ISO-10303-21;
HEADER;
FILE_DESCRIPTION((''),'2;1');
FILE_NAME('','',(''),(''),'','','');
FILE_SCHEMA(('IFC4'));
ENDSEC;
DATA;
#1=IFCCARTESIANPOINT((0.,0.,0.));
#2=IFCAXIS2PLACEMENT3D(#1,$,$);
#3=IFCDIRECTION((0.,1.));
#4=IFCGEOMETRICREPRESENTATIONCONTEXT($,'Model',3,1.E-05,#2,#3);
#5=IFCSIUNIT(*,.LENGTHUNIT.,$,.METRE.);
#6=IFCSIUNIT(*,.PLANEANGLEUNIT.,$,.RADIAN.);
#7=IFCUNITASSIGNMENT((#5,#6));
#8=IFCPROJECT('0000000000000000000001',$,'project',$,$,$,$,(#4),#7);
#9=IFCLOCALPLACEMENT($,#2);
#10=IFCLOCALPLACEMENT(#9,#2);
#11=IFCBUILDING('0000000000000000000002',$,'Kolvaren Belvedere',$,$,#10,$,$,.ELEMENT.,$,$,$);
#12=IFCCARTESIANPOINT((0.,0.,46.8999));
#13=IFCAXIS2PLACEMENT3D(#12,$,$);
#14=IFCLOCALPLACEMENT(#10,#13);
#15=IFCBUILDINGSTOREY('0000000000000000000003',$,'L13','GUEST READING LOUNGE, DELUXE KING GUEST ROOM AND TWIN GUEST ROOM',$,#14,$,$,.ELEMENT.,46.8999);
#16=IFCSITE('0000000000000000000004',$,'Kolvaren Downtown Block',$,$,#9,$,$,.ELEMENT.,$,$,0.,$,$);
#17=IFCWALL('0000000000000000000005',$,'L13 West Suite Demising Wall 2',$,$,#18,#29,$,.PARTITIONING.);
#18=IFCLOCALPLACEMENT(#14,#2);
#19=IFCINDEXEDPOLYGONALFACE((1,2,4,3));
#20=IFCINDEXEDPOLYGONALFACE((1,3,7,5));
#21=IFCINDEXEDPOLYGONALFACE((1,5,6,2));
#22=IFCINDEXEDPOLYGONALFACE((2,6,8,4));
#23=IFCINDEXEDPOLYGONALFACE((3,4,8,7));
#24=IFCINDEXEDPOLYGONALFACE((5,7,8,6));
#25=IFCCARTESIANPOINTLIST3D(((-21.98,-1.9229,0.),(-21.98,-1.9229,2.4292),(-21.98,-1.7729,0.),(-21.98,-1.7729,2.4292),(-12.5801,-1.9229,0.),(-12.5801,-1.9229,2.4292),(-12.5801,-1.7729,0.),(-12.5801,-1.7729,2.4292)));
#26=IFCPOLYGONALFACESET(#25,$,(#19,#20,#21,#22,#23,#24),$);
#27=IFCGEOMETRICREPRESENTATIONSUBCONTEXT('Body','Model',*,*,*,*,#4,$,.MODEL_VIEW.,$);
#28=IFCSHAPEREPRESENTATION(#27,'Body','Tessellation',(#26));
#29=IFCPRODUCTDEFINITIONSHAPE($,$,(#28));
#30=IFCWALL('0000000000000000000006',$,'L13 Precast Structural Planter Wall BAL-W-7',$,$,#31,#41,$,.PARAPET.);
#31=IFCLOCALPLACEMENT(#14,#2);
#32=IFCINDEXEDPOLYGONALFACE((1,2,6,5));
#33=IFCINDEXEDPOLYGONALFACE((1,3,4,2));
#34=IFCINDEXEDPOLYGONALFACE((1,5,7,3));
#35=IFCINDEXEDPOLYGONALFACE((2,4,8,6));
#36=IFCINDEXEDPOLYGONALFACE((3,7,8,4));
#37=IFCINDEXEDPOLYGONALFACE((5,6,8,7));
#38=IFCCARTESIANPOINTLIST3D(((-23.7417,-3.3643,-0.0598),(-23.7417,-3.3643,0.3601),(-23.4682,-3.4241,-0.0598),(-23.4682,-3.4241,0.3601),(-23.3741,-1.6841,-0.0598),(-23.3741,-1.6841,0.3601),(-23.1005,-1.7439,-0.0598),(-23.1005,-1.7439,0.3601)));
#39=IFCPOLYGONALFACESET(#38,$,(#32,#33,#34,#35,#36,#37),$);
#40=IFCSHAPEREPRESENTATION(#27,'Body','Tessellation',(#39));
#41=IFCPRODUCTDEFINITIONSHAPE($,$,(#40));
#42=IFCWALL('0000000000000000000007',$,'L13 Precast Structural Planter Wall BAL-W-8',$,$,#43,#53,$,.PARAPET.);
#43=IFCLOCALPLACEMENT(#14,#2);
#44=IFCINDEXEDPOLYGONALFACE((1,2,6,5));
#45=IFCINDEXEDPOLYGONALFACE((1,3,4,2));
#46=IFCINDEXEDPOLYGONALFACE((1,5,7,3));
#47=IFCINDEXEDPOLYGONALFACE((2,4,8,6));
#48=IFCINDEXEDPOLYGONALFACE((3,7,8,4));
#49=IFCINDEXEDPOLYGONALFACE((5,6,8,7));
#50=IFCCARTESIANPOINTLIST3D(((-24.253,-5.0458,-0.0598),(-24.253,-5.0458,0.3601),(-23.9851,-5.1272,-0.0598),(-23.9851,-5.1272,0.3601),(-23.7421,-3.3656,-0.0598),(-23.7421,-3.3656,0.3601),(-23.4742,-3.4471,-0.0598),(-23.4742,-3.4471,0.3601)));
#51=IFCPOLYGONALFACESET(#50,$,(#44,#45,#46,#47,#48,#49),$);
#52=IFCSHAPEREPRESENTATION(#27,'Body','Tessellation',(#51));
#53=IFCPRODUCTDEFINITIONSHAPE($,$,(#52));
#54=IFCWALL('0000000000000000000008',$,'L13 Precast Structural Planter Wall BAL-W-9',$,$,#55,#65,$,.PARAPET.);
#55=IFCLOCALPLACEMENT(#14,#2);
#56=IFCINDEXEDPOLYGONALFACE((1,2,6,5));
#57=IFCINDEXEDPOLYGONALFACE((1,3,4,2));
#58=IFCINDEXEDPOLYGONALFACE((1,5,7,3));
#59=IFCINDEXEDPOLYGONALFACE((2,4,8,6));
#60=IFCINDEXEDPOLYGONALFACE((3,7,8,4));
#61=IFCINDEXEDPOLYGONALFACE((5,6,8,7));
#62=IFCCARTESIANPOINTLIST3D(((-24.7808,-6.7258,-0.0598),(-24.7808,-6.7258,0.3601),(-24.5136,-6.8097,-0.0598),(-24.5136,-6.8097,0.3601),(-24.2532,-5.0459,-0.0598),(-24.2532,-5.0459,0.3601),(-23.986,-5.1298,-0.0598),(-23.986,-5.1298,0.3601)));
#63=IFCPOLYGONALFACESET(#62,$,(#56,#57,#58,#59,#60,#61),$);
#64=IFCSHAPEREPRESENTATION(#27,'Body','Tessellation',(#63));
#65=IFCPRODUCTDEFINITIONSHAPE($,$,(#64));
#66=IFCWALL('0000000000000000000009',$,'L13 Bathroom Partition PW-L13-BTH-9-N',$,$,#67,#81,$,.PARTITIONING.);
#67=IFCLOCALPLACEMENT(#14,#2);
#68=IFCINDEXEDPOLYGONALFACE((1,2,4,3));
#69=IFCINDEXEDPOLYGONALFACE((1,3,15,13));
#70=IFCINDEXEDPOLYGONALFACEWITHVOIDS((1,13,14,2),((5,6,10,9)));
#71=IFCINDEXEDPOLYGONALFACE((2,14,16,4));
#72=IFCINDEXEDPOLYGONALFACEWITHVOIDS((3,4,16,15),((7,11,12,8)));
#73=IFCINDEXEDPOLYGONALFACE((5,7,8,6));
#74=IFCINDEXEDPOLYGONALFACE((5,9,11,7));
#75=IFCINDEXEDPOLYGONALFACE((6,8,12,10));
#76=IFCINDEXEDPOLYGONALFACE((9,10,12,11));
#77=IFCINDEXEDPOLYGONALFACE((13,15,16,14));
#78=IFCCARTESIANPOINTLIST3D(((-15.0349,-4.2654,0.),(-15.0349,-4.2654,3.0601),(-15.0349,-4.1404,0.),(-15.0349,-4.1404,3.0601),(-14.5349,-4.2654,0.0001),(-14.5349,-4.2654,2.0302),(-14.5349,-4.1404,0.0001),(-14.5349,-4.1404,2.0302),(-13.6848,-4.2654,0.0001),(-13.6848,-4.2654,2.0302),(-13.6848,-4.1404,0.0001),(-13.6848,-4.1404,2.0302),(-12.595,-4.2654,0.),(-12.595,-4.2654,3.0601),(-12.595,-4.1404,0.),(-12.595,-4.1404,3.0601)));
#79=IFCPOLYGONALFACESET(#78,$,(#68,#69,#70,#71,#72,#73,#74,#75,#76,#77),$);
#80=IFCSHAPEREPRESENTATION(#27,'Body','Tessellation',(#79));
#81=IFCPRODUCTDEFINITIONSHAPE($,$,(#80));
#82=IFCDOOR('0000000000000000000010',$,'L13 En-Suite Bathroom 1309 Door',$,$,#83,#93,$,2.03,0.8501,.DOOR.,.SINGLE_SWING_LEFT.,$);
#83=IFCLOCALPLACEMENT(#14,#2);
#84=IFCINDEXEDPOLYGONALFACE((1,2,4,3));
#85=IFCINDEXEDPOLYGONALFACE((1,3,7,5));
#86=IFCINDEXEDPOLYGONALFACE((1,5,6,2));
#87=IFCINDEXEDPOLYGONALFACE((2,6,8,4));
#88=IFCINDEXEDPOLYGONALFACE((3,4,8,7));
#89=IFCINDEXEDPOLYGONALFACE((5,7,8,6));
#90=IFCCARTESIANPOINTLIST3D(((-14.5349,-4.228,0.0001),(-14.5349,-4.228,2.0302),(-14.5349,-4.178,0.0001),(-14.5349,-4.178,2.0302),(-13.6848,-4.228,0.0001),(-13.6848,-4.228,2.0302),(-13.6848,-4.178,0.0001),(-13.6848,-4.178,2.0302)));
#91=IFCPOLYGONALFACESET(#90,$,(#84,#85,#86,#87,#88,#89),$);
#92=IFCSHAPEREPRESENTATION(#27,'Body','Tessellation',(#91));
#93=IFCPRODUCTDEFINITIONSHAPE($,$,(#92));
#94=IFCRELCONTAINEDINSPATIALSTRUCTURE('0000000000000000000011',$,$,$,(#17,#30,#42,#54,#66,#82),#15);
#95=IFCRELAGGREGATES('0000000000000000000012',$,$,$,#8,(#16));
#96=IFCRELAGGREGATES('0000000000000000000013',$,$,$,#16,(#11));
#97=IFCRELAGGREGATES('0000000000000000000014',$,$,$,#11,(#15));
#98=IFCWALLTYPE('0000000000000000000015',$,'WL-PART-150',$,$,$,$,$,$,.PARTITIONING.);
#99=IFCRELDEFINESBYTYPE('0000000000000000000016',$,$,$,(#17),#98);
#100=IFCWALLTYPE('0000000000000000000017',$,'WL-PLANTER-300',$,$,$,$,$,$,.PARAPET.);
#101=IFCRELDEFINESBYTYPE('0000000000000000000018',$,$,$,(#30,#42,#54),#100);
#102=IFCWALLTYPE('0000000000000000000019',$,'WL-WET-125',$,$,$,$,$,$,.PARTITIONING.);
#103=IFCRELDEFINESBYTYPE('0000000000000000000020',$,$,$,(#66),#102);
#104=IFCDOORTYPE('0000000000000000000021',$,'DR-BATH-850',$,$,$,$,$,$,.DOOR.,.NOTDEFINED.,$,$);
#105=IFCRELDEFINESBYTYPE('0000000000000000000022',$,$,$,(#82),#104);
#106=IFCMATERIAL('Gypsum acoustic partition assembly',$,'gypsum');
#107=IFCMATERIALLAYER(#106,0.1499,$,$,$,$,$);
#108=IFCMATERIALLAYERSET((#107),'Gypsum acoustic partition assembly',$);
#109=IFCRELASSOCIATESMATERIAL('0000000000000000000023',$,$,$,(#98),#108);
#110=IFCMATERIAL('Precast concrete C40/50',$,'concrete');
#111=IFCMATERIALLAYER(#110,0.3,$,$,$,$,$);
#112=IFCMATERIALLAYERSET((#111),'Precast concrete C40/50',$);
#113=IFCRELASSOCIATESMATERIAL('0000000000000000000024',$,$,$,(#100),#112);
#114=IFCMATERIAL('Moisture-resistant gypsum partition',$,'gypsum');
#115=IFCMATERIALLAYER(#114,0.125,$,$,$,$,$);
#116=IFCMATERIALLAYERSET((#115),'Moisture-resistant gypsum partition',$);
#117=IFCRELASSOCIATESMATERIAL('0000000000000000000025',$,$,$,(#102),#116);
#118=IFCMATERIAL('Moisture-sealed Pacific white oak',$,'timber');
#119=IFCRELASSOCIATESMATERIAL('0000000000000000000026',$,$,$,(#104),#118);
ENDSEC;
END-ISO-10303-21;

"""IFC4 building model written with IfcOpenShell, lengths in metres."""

from ifc_helpers import new_model, si_unit, direction, frame, frame_2d, origin, place, context, subcontext, project, spatial, rectangle, extrude, material, layer, layer_set, type_object, element, fill, save


model = new_model("IFC4")

# Units and contexts
model_context = context("Model", 3, precision=1e-05, world=origin(), true_north=direction((0.0, 1.0)))
body_context = subcontext(model_context, "Body", "Model", "MODEL_VIEW")
ifc_project = project(units=[si_unit("LENGTHUNIT", "METRE"), si_unit("PLANEANGLEUNIT", "RADIAN")], contexts=[model_context])

# Site, building, storey
site_placement = place(None, origin())
site = spatial("IfcSite", under=ifc_project, at=site_placement, Name="Kolvaren Downtown Block", CompositionType="ELEMENT", RefElevation=0.0)
building_placement = place(site_placement, origin())
building = spatial("IfcBuilding", under=site, at=building_placement, Name="Kolvaren Belvedere", CompositionType="ELEMENT")
storey_placement = place(building_placement, frame((0.0, 0.0, 46.8999)))
storey = spatial("IfcBuildingStorey", under=building, at=storey_placement, Name="L13", Description="GUEST READING LOUNGE, DELUXE KING GUEST ROOM AND TWIN GUEST ROOM", CompositionType="ELEMENT", Elevation=46.8999)

# Walls
ifc_material_1 = material(Name="Gypsum acoustic partition assembly", Category="gypsum")
ifc_layer_1 = layer(ifc_material_1, 0.1499)
ifc_layer_set_1 = layer_set([ifc_layer_1], Name="Gypsum acoustic partition assembly")
wall_type_1 = type_object("IfcWallType", Name="WL-PART-150", PredefinedType="PARTITIONING", material=ifc_layer_set_1)
wall_1_placement = place(storey_placement, frame((-21.98, -1.8479, 0.0), z_axis=(0.0, 0.0, 1.0), x_axis=(1.0, 0.0, 0.0)))
element("IfcWall", 1, at=wall_1_placement, inside=storey, type_object=wall_type_1, Name="L13 West Suite Demising Wall 2", PredefinedType="PARTITIONING", context=body_context, shape_type="SweptSolid", body=[
    extrude(rectangle(XDim=9.3999, YDim=0.1499, at=frame_2d((4.7, 0.0))), origin(), (0.0, 0.0, 1.0), 2.4292),
])
ifc_material_2 = material(Name="Precast concrete C40/50", Category="concrete")
ifc_layer_2 = layer(ifc_material_2, 0.3)
ifc_layer_set_2 = layer_set([ifc_layer_2], Name="Precast concrete C40/50")
wall_type_2 = type_object("IfcWallType", Name="WL-PLANTER-300", PredefinedType="PARAPET", material=ifc_layer_set_2)
wall_2_placement = place(storey_placement, frame((-23.2373, -1.7141, -0.0598), z_axis=(0.0, 0.0, 1.0), x_axis=(-0.213773, -0.976883, 0.0)))
element("IfcWall", 2, at=wall_2_placement, inside=storey, type_object=wall_type_2, Name="L13 Precast Structural Planter Wall BAL-W-7", PredefinedType="PARAPET", context=body_context, shape_type="SweptSolid", body=[
    extrude(rectangle(XDim=1.72, YDim=0.28, at=frame_2d((0.8599, 0.0))), origin(), (0.0, 0.0, 1.0), 0.4199),
])
wall_3_placement = place(storey_placement, frame((-23.6082, -3.4065, -0.0598), z_axis=(0.0, 0.0, 1.0), x_axis=(-0.290968, -0.956733, 0.0)))
element("IfcWall", 3, at=wall_3_placement, inside=storey, type_object=wall_type_2, Name="L13 Precast Structural Planter Wall BAL-W-8", PredefinedType="PARAPET", context=body_context, shape_type="SweptSolid", body=[
    extrude(rectangle(XDim=1.7561, YDim=0.28, at=frame_2d((0.8779, 0.0))), origin(), (0.0, 0.0, 1.0), 0.4199),
])
wall_4_placement = place(storey_placement, frame((-24.1196, -5.0879, -0.0598), z_axis=(0.0, 0.0, 1.0), x_axis=(-0.299625, -0.954057, 0.0)))
element("IfcWall", 4, at=wall_4_placement, inside=storey, type_object=wall_type_2, Name="L13 Precast Structural Planter Wall BAL-W-9", PredefinedType="PARAPET", context=body_context, shape_type="SweptSolid", body=[
    extrude(rectangle(XDim=1.7607, YDim=0.28, at=frame_2d((0.8804, 0.0))), origin(), (0.0, 0.0, 1.0), 0.4199),
])

# Wall, opening, door
ifc_material_3 = material(Name="Moisture-resistant gypsum partition", Category="gypsum")
ifc_layer_3 = layer(ifc_material_3, 0.125)
ifc_layer_set_3 = layer_set([ifc_layer_3], Name="Moisture-resistant gypsum partition")
wall_type_3 = type_object("IfcWallType", Name="WL-WET-125", PredefinedType="PARTITIONING", material=ifc_layer_set_3)
wall_5_placement = place(storey_placement, frame((-15.0349, -4.2029, 0.0), z_axis=(0.0, 0.0, 1.0), x_axis=(1.0, 0.0, 0.0)))
wall_5 = element("IfcWall", 5, at=wall_5_placement, inside=storey, type_object=wall_type_3, Name="L13 Bathroom Partition PW-L13-BTH-9-N", PredefinedType="PARTITIONING", context=body_context, shape_type="SweptSolid", body=[
    extrude(rectangle(XDim=2.4399, YDim=0.125, at=frame_2d((1.22, 0.0))), origin(), (0.0, 0.0, 1.0), 3.0601),
])
opening_1_placement = place(wall_5_placement, frame((0.5, 0.0, 0.0)))
opening_1 = element("IfcOpeningElement", 6, at=opening_1_placement, cuts=wall_5, PredefinedType="OPENING", context=body_context, shape_type="SweptSolid", body=[
    extrude(rectangle(XDim=0.8501, YDim=2.03, at=frame_2d((0.425, 1.0151))), frame((0.0, 0.0725, 0.0), z_axis=(0.0, -1.0, 0.0), x_axis=(1.0, 0.0, 0.0)), (0.0, 0.0, 1.0), 0.145),
])
ifc_material_4 = material(Name="Moisture-sealed Pacific white oak", Category="timber")
door_type_1 = type_object("IfcDoorType", Name="DR-BATH-850", OperationType="NOTDEFINED", PredefinedType="DOOR", material=ifc_material_4)
door_1_placement = place(opening_1_placement, origin())
door_1 = element("IfcDoor", 7, at=door_1_placement, inside=storey, type_object=door_type_1, Name="L13 En-Suite Bathroom 1309 Door", OperationType="SINGLE_SWING_LEFT", OverallHeight=2.03, OverallWidth=0.8501, PredefinedType="DOOR", context=body_context, shape_type="SweptSolid", body=[
    extrude(rectangle(XDim=0.8501, YDim=2.03, at=frame_2d((0.425, 1.0151))), frame((0.0, 0.0249, 0.0), z_axis=(0.0, -1.0, 0.0), x_axis=(1.0, 0.0, 0.0)), (0.0, 0.0, 1.0), 0.05),
])
fill(opening_1, door_1)

save(model, "model.ifc")
